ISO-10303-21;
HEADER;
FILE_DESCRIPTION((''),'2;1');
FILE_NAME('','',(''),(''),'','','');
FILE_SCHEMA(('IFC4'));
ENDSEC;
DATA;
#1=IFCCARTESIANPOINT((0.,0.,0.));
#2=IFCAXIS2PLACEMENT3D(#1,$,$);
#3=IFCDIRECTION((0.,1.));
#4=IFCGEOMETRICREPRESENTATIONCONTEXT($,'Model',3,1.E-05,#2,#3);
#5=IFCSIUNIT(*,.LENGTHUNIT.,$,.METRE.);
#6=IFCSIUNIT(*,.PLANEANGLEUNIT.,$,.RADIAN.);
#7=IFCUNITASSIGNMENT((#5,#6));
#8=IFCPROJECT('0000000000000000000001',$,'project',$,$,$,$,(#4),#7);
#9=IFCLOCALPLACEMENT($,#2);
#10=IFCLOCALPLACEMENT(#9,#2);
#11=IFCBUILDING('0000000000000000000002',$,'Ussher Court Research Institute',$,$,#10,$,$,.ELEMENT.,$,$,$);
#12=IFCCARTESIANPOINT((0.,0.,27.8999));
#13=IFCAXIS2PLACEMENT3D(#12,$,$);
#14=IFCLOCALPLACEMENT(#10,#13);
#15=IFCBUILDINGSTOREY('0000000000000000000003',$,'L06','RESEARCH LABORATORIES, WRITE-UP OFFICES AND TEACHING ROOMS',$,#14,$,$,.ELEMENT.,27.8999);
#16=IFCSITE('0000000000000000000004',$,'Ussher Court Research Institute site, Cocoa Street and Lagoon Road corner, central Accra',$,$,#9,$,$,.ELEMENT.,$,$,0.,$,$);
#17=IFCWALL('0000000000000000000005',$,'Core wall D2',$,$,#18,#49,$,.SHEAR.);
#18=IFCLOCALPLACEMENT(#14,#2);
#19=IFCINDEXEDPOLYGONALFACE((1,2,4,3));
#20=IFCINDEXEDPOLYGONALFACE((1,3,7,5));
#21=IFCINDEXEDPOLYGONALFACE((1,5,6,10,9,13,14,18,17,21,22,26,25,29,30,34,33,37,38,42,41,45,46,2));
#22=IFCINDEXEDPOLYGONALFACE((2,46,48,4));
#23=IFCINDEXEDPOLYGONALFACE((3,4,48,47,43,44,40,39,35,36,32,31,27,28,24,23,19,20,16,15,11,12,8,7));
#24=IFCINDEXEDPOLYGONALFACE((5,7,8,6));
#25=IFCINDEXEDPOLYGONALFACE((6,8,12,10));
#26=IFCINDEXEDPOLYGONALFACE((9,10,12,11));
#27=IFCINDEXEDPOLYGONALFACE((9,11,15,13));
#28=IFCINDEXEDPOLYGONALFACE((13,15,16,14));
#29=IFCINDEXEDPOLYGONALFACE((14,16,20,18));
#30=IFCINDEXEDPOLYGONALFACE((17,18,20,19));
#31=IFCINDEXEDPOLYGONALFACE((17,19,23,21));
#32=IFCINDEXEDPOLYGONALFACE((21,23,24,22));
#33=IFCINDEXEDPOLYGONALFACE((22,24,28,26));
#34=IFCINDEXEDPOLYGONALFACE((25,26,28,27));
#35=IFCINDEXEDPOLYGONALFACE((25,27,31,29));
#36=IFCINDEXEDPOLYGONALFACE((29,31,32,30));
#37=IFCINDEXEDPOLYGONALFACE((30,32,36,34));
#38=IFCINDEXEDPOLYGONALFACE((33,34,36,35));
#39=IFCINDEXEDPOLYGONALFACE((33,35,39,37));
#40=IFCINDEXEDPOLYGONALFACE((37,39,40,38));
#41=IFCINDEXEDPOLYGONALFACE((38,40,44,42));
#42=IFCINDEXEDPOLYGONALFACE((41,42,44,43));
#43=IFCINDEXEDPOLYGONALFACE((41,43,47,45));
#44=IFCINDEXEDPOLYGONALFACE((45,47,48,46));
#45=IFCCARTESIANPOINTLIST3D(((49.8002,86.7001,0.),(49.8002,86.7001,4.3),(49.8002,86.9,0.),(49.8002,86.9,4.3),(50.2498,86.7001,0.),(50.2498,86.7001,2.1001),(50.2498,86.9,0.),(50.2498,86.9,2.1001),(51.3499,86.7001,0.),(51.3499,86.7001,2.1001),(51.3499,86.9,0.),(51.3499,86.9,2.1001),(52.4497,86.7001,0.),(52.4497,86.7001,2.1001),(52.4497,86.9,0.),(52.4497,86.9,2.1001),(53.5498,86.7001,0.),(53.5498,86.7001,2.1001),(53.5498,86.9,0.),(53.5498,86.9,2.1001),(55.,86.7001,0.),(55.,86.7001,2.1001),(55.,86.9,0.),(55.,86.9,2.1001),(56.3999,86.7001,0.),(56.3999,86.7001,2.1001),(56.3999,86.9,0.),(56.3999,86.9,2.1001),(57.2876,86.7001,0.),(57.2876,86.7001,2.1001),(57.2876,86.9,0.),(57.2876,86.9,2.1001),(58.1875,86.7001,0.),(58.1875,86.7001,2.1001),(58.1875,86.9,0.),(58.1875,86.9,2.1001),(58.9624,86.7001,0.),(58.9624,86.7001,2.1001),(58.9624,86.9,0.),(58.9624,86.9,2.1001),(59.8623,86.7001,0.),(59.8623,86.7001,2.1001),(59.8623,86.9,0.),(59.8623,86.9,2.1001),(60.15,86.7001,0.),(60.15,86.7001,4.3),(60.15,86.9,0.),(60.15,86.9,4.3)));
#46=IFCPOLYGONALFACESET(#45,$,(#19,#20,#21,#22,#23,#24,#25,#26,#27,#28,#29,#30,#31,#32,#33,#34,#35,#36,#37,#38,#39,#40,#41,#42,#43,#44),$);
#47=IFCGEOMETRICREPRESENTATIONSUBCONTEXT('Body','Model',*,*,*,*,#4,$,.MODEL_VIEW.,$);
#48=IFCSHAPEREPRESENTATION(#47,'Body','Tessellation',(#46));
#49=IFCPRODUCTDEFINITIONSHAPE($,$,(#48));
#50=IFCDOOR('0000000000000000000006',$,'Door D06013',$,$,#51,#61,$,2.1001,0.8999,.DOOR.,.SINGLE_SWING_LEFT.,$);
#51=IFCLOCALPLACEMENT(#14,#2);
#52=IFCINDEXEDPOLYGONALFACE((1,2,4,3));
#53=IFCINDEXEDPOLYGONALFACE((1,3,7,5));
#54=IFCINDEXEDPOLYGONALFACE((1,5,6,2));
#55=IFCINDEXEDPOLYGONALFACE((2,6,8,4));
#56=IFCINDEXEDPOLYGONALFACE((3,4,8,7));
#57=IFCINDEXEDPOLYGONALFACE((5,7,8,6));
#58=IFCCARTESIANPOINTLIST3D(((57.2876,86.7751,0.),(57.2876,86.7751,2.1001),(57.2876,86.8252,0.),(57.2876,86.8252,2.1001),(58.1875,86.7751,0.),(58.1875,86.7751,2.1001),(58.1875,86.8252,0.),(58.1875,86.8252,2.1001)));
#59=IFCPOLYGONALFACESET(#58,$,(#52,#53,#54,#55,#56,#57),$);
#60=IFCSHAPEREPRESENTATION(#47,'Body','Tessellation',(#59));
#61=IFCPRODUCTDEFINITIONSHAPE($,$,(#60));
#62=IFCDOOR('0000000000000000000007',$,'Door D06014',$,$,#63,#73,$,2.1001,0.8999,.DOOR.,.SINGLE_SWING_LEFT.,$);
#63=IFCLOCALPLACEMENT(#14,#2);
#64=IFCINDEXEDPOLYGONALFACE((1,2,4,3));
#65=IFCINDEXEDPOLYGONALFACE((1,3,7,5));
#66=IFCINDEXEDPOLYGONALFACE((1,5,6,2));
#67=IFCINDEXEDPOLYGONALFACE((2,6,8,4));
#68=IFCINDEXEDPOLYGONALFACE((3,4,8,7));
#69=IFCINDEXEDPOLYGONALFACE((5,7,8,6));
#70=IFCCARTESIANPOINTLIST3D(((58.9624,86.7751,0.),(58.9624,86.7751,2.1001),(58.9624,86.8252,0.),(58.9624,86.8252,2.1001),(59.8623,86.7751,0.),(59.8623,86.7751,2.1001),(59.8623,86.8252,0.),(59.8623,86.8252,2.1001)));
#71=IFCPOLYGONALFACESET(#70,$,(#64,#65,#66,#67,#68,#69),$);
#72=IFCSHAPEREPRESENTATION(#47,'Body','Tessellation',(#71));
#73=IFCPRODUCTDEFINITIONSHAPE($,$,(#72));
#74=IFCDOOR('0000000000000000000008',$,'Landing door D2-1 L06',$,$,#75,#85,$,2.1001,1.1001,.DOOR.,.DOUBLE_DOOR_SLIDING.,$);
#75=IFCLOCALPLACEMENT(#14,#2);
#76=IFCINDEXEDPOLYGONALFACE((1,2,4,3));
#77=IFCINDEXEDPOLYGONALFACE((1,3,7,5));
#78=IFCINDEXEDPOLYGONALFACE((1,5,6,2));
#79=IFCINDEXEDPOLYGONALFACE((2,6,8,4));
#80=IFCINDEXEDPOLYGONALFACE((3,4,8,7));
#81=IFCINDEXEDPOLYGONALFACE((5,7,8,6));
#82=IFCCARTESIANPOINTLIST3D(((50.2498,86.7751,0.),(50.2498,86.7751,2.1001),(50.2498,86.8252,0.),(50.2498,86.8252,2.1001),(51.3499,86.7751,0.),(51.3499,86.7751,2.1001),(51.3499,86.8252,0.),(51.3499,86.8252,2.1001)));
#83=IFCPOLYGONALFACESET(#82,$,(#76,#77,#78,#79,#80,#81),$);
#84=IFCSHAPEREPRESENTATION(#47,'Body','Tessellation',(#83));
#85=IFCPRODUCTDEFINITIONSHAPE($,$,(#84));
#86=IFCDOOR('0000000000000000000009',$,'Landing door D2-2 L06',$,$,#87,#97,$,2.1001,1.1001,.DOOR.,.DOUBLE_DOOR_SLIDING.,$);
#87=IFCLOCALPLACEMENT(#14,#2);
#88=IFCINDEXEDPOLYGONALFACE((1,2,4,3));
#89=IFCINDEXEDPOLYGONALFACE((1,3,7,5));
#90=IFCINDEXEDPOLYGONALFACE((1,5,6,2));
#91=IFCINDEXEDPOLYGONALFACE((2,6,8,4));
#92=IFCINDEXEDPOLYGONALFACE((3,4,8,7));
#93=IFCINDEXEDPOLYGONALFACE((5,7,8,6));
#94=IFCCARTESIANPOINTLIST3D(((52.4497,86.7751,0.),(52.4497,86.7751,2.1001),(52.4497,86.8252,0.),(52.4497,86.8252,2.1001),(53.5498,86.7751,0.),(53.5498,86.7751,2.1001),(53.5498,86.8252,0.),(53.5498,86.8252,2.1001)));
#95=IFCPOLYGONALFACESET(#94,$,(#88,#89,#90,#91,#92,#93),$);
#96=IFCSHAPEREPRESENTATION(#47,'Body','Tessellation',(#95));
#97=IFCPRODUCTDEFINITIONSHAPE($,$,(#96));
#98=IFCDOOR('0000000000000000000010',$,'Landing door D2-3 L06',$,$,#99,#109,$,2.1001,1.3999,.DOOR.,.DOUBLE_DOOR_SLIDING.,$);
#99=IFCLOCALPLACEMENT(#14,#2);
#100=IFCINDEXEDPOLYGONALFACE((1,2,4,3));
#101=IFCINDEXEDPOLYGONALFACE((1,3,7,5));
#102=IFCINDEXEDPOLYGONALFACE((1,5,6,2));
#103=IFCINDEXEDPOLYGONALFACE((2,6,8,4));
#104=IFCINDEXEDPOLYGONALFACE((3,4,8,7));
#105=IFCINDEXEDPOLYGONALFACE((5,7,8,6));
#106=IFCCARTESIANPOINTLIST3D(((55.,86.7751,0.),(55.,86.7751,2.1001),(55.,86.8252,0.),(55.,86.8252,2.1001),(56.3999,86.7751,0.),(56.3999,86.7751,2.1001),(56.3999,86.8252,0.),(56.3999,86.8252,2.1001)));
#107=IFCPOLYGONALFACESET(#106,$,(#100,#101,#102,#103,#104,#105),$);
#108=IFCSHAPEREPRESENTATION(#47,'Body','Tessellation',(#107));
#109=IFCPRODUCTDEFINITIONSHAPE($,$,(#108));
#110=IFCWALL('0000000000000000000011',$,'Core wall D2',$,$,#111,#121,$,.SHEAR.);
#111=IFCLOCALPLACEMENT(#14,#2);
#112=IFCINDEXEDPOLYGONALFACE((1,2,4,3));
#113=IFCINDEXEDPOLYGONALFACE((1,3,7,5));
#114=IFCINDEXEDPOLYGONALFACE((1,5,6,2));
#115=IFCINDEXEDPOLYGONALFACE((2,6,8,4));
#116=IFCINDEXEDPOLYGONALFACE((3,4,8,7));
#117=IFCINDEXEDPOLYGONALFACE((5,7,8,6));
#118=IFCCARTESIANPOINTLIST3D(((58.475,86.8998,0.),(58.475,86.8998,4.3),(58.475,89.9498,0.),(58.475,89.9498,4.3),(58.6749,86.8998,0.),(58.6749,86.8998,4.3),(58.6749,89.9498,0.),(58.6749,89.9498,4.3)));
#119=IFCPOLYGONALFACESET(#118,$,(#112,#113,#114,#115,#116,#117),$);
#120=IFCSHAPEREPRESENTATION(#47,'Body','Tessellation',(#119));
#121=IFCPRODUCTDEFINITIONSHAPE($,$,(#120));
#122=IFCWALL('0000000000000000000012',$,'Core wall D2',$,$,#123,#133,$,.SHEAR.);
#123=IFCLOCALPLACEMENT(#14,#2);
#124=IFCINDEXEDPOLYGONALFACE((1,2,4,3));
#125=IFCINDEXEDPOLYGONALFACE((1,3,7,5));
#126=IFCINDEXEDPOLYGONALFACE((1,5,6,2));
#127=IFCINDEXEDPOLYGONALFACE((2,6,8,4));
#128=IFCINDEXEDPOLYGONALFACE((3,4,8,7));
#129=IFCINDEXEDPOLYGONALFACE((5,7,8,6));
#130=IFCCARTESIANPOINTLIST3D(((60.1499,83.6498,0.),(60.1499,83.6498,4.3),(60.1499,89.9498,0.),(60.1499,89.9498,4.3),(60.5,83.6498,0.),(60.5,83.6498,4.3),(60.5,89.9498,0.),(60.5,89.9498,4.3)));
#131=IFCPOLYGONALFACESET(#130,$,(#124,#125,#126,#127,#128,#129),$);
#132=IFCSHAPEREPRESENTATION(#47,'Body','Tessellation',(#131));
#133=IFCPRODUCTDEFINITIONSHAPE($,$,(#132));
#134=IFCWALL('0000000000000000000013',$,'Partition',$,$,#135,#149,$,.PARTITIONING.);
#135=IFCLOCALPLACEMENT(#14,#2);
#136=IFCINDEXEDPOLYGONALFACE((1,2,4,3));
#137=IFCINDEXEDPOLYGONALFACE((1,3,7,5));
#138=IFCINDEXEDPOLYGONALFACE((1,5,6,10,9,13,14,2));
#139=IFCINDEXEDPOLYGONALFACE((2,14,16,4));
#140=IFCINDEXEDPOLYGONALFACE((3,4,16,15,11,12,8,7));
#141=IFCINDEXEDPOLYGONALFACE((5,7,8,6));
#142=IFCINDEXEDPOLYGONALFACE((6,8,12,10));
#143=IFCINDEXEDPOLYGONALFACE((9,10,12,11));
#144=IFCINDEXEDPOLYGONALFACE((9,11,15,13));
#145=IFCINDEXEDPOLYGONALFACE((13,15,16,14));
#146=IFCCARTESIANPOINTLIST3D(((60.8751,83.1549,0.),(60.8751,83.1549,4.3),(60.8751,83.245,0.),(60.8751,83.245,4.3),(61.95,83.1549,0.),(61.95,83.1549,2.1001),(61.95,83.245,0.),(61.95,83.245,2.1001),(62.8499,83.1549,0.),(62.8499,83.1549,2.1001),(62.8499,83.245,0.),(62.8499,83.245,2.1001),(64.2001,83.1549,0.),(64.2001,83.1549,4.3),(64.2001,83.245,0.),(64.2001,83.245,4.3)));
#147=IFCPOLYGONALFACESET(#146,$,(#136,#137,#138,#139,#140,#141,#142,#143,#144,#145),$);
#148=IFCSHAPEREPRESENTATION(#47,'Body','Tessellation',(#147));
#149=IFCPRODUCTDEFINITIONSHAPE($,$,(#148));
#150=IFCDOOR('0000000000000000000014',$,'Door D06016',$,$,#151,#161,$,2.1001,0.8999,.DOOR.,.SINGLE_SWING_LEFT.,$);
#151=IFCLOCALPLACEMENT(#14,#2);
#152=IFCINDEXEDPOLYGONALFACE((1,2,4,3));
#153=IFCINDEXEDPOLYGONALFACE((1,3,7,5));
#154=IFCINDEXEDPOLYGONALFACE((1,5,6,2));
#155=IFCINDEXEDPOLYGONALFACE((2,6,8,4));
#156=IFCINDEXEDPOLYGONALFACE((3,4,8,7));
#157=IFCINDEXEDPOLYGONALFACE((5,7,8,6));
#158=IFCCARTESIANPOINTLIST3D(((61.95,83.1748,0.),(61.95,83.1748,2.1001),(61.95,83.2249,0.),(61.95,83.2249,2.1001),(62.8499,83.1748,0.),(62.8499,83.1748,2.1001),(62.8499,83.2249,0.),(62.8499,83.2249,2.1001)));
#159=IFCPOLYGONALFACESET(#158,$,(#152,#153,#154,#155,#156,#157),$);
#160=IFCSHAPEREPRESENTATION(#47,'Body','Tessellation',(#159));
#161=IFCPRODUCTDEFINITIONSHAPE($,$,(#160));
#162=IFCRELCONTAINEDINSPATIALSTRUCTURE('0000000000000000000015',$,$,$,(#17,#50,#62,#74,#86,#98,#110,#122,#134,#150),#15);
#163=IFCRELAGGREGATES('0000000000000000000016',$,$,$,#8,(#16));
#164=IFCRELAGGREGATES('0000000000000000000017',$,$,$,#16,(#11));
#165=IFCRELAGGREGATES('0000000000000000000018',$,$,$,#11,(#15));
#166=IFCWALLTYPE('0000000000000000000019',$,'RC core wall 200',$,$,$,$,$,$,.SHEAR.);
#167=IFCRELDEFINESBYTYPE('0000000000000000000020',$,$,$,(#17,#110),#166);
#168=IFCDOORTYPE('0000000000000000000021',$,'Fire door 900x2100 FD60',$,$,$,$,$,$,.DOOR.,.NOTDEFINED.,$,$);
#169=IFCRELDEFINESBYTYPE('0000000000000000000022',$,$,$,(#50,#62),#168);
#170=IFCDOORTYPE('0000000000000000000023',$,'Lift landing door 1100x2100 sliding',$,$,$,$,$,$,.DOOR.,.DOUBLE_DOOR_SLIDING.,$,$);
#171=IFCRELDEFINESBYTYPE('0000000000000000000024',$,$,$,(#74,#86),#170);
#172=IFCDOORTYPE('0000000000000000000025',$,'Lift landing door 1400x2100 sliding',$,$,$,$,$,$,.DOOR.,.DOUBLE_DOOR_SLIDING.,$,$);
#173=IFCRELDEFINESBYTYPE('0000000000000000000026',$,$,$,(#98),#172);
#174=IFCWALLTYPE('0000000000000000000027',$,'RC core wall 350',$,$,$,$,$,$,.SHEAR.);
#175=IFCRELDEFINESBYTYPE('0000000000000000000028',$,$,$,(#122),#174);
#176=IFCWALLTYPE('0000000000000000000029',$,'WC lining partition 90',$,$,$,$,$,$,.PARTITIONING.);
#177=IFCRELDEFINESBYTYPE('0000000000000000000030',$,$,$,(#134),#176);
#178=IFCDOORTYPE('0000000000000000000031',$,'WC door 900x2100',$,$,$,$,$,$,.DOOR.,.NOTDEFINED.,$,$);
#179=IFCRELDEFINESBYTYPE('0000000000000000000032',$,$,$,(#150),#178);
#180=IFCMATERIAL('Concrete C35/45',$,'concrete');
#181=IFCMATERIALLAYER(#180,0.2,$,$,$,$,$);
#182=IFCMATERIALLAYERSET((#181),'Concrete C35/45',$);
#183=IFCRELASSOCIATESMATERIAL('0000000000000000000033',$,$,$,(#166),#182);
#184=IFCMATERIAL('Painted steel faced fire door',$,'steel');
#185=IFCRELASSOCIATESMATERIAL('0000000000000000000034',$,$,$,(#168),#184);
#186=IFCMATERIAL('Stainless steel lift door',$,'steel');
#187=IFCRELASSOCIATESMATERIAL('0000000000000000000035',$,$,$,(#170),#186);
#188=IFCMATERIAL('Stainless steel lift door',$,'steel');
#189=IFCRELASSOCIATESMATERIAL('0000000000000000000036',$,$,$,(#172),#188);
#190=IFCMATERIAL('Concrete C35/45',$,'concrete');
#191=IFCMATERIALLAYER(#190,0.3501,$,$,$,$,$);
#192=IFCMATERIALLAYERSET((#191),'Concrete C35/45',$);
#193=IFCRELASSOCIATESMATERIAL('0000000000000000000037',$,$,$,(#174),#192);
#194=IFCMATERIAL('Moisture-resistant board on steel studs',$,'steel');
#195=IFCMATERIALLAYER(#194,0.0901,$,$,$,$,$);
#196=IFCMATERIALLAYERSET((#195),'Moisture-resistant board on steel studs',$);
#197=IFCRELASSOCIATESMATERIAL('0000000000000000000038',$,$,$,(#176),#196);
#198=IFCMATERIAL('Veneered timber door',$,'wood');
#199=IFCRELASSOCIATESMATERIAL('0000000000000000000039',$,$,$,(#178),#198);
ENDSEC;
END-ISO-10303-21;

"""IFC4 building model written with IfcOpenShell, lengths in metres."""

from ifc_helpers import new_model, si_unit, direction, frame, frame_2d, origin, place, context, subcontext, project, spatial, rectangle, extrude, material, layer, layer_set, type_object, element, fill, save


model = new_model("IFC4")

# Units and contexts
model_context = context("Model", 3, precision=1e-05, world=origin(), true_north=direction((0.0, 1.0)))
body_context = subcontext(model_context, "Body", "Model", "MODEL_VIEW")
ifc_project = project(units=[si_unit("LENGTHUNIT", "METRE"), si_unit("PLANEANGLEUNIT", "RADIAN")], contexts=[model_context])

# Site, building, storey
site_placement = place(None, origin())
site = spatial("IfcSite", under=ifc_project, at=site_placement, Name="Ussher Court Research Institute site, Cocoa Street and Lagoon Road corner, central Accra", CompositionType="ELEMENT", RefElevation=0.0)
building_placement = place(site_placement, origin())
building = spatial("IfcBuilding", under=site, at=building_placement, Name="Ussher Court Research Institute", CompositionType="ELEMENT")
storey_placement = place(building_placement, frame((0.0, 0.0, 27.8999)))
storey = spatial("IfcBuildingStorey", under=building, at=storey_placement, Name="L06", Description="RESEARCH LABORATORIES, WRITE-UP OFFICES AND TEACHING ROOMS", CompositionType="ELEMENT", Elevation=27.8999)

# Wall, openings, doors
ifc_material_1 = material(Name="Concrete C35/45", Category="concrete")
ifc_layer_1 = layer(ifc_material_1, 0.2)
ifc_layer_set_1 = layer_set([ifc_layer_1], Name="Concrete C35/45")
wall_type_1 = type_object("IfcWallType", Name="RC core wall 200", PredefinedType="SHEAR", material=ifc_layer_set_1)
wall_1_placement = place(storey_placement, frame((60.1499, 86.8, 0.0), z_axis=(0.0, 0.0, 1.0), x_axis=(-1.0, 0.0, 0.0)))
wall_1 = element("IfcWall", 1, at=wall_1_placement, inside=storey, type_object=wall_type_1, Name="Core wall D2", PredefinedType="SHEAR", context=body_context, shape_type="SweptSolid", body=[
    extrude(rectangle(XDim=10.3499, YDim=0.2, at=frame_2d((5.1748, 0.0))), origin(), (0.0, 0.0, 1.0), 4.3),
])
opening_1_placement = place(wall_1_placement, frame((8.8, 0.0, 0.0)))
opening_1 = element("IfcOpeningElement", 2, at=opening_1_placement, cuts=wall_1, PredefinedType="OPENING", context=body_context, shape_type="SweptSolid", body=[
    extrude(rectangle(XDim=1.1001, YDim=2.1001, at=frame_2d((0.55, 1.05))), frame((0.0, 0.1099, 0.0), z_axis=(0.0, -1.0, 0.0), x_axis=(1.0, 0.0, 0.0)), (0.0, 0.0, 1.0), 0.22),
])
opening_2_placement = place(wall_1_placement, frame((6.6001, 0.0, 0.0)))
opening_2 = element("IfcOpeningElement", 3, at=opening_2_placement, cuts=wall_1, PredefinedType="OPENING", context=body_context, shape_type="SweptSolid", body=[
    extrude(rectangle(XDim=1.1001, YDim=2.1001, at=frame_2d((0.55, 1.05))), frame((0.0, 0.1099, 0.0), z_axis=(0.0, -1.0, 0.0), x_axis=(1.0, 0.0, 0.0)), (0.0, 0.0, 1.0), 0.22),
])
opening_3_placement = place(wall_1_placement, frame((3.75, 0.0, 0.0)))
opening_3 = element("IfcOpeningElement", 4, at=opening_3_placement, cuts=wall_1, PredefinedType="OPENING", context=body_context, shape_type="SweptSolid", body=[
    extrude(rectangle(XDim=1.3999, YDim=2.1001, at=frame_2d((0.7, 1.05))), frame((0.0, 0.1099, 0.0), z_axis=(0.0, -1.0, 0.0), x_axis=(1.0, 0.0, 0.0)), (0.0, 0.0, 1.0), 0.22),
])
opening_4_placement = place(wall_1_placement, frame((1.9624, 0.0, 0.0)))
opening_4 = element("IfcOpeningElement", 5, at=opening_4_placement, cuts=wall_1, PredefinedType="OPENING", context=body_context, shape_type="SweptSolid", body=[
    extrude(rectangle(XDim=0.8999, YDim=2.1001, at=frame_2d((0.45, 1.05))), frame((0.0, 0.1099, 0.0), z_axis=(0.0, -1.0, 0.0), x_axis=(1.0, 0.0, 0.0)), (0.0, 0.0, 1.0), 0.22),
])
opening_5_placement = place(wall_1_placement, frame((0.2876, 0.0, 0.0)))
opening_5 = element("IfcOpeningElement", 6, at=opening_5_placement, cuts=wall_1, PredefinedType="OPENING", context=body_context, shape_type="SweptSolid", body=[
    extrude(rectangle(XDim=0.8999, YDim=2.1001, at=frame_2d((0.45, 1.05))), frame((0.0, 0.1099, 0.0), z_axis=(0.0, -1.0, 0.0), x_axis=(1.0, 0.0, 0.0)), (0.0, 0.0, 1.0), 0.22),
])
ifc_material_2 = material(Name="Painted steel faced fire door", Category="steel")
door_type_1 = type_object("IfcDoorType", Name="Fire door 900x2100 FD60", OperationType="NOTDEFINED", PredefinedType="DOOR", material=ifc_material_2)
door_1_placement = place(opening_4_placement, origin())
door_1 = element("IfcDoor", 7, at=door_1_placement, inside=storey, type_object=door_type_1, Name="Door D06013", OperationType="SINGLE_SWING_LEFT", OverallHeight=2.1001, OverallWidth=0.8999, PredefinedType="DOOR", context=body_context, shape_type="SweptSolid", body=[
    extrude(rectangle(XDim=0.8999, YDim=2.1001, at=frame_2d((0.45, 1.05))), frame((0.0, 0.0249, 0.0), z_axis=(0.0, -1.0, 0.0), x_axis=(1.0, 0.0, 0.0)), (0.0, 0.0, 1.0), 0.05),
])
fill(opening_4, door_1)
door_2_placement = place(opening_5_placement, origin())
door_2 = element("IfcDoor", 8, at=door_2_placement, inside=storey, type_object=door_type_1, Name="Door D06014", OperationType="SINGLE_SWING_LEFT", OverallHeight=2.1001, OverallWidth=0.8999, PredefinedType="DOOR", context=body_context, shape_type="SweptSolid", body=[
    extrude(rectangle(XDim=0.8999, YDim=2.1001, at=frame_2d((0.45, 1.05))), frame((0.0, 0.0249, 0.0), z_axis=(0.0, -1.0, 0.0), x_axis=(1.0, 0.0, 0.0)), (0.0, 0.0, 1.0), 0.05),
])
fill(opening_5, door_2)
ifc_material_3 = material(Name="Stainless steel lift door", Category="steel")
door_type_2 = type_object("IfcDoorType", Name="Lift landing door 1100x2100 sliding", OperationType="DOUBLE_DOOR_SLIDING", PredefinedType="DOOR", material=ifc_material_3)
door_3_placement = place(opening_1_placement, origin())
door_3 = element("IfcDoor", 9, at=door_3_placement, inside=storey, type_object=door_type_2, Name="Landing door D2-1 L06", OperationType="DOUBLE_DOOR_SLIDING", OverallHeight=2.1001, OverallWidth=1.1001, PredefinedType="DOOR", context=body_context, shape_type="SweptSolid", body=[
    extrude(rectangle(XDim=1.1001, YDim=2.1001, at=frame_2d((0.55, 1.05))), frame((0.0, 0.0249, 0.0), z_axis=(0.0, -1.0, 0.0), x_axis=(1.0, 0.0, 0.0)), (0.0, 0.0, 1.0), 0.05),
])
fill(opening_1, door_3)
door_4_placement = place(opening_2_placement, origin())
door_4 = element("IfcDoor", 10, at=door_4_placement, inside=storey, type_object=door_type_2, Name="Landing door D2-2 L06", OperationType="DOUBLE_DOOR_SLIDING", OverallHeight=2.1001, OverallWidth=1.1001, PredefinedType="DOOR", context=body_context, shape_type="SweptSolid", body=[
    extrude(rectangle(XDim=1.1001, YDim=2.1001, at=frame_2d((0.55, 1.05))), frame((0.0, 0.0249, 0.0), z_axis=(0.0, -1.0, 0.0), x_axis=(1.0, 0.0, 0.0)), (0.0, 0.0, 1.0), 0.05),
])
fill(opening_2, door_4)
ifc_material_4 = material(Name="Stainless steel lift door", Category="steel")
door_type_3 = type_object("IfcDoorType", Name="Lift landing door 1400x2100 sliding", OperationType="DOUBLE_DOOR_SLIDING", PredefinedType="DOOR", material=ifc_material_4)
door_5_placement = place(opening_3_placement, origin())
door_5 = element("IfcDoor", 11, at=door_5_placement, inside=storey, type_object=door_type_3, Name="Landing door D2-3 L06", OperationType="DOUBLE_DOOR_SLIDING", OverallHeight=2.1001, OverallWidth=1.3999, PredefinedType="DOOR", context=body_context, shape_type="SweptSolid", body=[
    extrude(rectangle(XDim=1.3999, YDim=2.1001, at=frame_2d((0.7, 1.05))), frame((0.0, 0.0249, 0.0), z_axis=(0.0, -1.0, 0.0), x_axis=(1.0, 0.0, 0.0)), (0.0, 0.0, 1.0), 0.05),
])
fill(opening_3, door_5)

# Walls
wall_2_placement = place(storey_placement, frame((58.575, 86.8999, 0.0), z_axis=(0.0, 0.0, 1.0), x_axis=(0.0, 1.0, 0.0)))
element("IfcWall", 12, at=wall_2_placement, inside=storey, type_object=wall_type_1, Name="Core wall D2", PredefinedType="SHEAR", context=body_context, shape_type="SweptSolid", body=[
    extrude(rectangle(XDim=3.05, YDim=0.2, at=frame_2d((1.5249, 0.0))), origin(), (0.0, 0.0, 1.0), 4.3),
])
ifc_material_5 = material(Name="Concrete C35/45", Category="concrete")
ifc_layer_2 = layer(ifc_material_5, 0.3501)
ifc_layer_set_2 = layer_set([ifc_layer_2], Name="Concrete C35/45")
wall_type_2 = type_object("IfcWallType", Name="RC core wall 350", PredefinedType="SHEAR", material=ifc_layer_set_2)
wall_3_placement = place(storey_placement, frame((60.325, 83.6499, 0.0), z_axis=(0.0, 0.0, 1.0), x_axis=(0.0, 1.0, 0.0)))
element("IfcWall", 13, at=wall_3_placement, inside=storey, type_object=wall_type_2, Name="Core wall D2", PredefinedType="SHEAR", context=body_context, shape_type="SweptSolid", body=[
    extrude(rectangle(XDim=6.3, YDim=0.3501, at=frame_2d((3.1499, 0.0))), origin(), (0.0, 0.0, 1.0), 4.3),
])

# Wall, opening, door
ifc_material_6 = material(Name="Moisture-resistant board on steel studs", Category="steel")
ifc_layer_3 = layer(ifc_material_6, 0.0901)
ifc_layer_set_3 = layer_set([ifc_layer_3], Name="Moisture-resistant board on steel studs")
wall_type_3 = type_object("IfcWallType", Name="WC lining partition 90", PredefinedType="PARTITIONING", material=ifc_layer_set_3)
wall_4_placement = place(storey_placement, frame((60.875, 83.2, 0.0), z_axis=(0.0, 0.0, 1.0), x_axis=(1.0, 0.0, 0.0)))
wall_4 = element("IfcWall", 14, at=wall_4_placement, inside=storey, type_object=wall_type_3, Name="Partition", PredefinedType="PARTITIONING", context=body_context, shape_type="SweptSolid", body=[
    extrude(rectangle(XDim=3.325, YDim=0.0901, at=frame_2d((1.6626, 0.0))), origin(), (0.0, 0.0, 1.0), 4.3),
])
opening_6_placement = place(wall_4_placement, frame((1.075, 0.0, 0.0)))
opening_6 = element("IfcOpeningElement", 15, at=opening_6_placement, cuts=wall_4, PredefinedType="OPENING", context=body_context, shape_type="SweptSolid", body=[
    extrude(rectangle(XDim=0.8999, YDim=2.1001, at=frame_2d((0.45, 1.05))), frame((0.0, 0.0552, 0.0), z_axis=(0.0, -1.0, 0.0), x_axis=(1.0, 0.0, 0.0)), (0.0, 0.0, 1.0), 0.1101),
])
ifc_material_7 = material(Name="Veneered timber door", Category="wood")
door_type_4 = type_object("IfcDoorType", Name="WC door 900x2100", OperationType="NOTDEFINED", PredefinedType="DOOR", material=ifc_material_7)
door_6_placement = place(opening_6_placement, origin())
door_6 = element("IfcDoor", 16, at=door_6_placement, inside=storey, type_object=door_type_4, Name="Door D06016", OperationType="SINGLE_SWING_LEFT", OverallHeight=2.1001, OverallWidth=0.8999, PredefinedType="DOOR", context=body_context, shape_type="SweptSolid", body=[
    extrude(rectangle(XDim=0.8999, YDim=2.1001, at=frame_2d((0.45, 1.05))), frame((0.0, 0.0249, 0.0), z_axis=(0.0, -1.0, 0.0), x_axis=(1.0, 0.0, 0.0)), (0.0, 0.0, 1.0), 0.05),
])
fill(opening_6, door_6)

save(model, "model.ifc")
